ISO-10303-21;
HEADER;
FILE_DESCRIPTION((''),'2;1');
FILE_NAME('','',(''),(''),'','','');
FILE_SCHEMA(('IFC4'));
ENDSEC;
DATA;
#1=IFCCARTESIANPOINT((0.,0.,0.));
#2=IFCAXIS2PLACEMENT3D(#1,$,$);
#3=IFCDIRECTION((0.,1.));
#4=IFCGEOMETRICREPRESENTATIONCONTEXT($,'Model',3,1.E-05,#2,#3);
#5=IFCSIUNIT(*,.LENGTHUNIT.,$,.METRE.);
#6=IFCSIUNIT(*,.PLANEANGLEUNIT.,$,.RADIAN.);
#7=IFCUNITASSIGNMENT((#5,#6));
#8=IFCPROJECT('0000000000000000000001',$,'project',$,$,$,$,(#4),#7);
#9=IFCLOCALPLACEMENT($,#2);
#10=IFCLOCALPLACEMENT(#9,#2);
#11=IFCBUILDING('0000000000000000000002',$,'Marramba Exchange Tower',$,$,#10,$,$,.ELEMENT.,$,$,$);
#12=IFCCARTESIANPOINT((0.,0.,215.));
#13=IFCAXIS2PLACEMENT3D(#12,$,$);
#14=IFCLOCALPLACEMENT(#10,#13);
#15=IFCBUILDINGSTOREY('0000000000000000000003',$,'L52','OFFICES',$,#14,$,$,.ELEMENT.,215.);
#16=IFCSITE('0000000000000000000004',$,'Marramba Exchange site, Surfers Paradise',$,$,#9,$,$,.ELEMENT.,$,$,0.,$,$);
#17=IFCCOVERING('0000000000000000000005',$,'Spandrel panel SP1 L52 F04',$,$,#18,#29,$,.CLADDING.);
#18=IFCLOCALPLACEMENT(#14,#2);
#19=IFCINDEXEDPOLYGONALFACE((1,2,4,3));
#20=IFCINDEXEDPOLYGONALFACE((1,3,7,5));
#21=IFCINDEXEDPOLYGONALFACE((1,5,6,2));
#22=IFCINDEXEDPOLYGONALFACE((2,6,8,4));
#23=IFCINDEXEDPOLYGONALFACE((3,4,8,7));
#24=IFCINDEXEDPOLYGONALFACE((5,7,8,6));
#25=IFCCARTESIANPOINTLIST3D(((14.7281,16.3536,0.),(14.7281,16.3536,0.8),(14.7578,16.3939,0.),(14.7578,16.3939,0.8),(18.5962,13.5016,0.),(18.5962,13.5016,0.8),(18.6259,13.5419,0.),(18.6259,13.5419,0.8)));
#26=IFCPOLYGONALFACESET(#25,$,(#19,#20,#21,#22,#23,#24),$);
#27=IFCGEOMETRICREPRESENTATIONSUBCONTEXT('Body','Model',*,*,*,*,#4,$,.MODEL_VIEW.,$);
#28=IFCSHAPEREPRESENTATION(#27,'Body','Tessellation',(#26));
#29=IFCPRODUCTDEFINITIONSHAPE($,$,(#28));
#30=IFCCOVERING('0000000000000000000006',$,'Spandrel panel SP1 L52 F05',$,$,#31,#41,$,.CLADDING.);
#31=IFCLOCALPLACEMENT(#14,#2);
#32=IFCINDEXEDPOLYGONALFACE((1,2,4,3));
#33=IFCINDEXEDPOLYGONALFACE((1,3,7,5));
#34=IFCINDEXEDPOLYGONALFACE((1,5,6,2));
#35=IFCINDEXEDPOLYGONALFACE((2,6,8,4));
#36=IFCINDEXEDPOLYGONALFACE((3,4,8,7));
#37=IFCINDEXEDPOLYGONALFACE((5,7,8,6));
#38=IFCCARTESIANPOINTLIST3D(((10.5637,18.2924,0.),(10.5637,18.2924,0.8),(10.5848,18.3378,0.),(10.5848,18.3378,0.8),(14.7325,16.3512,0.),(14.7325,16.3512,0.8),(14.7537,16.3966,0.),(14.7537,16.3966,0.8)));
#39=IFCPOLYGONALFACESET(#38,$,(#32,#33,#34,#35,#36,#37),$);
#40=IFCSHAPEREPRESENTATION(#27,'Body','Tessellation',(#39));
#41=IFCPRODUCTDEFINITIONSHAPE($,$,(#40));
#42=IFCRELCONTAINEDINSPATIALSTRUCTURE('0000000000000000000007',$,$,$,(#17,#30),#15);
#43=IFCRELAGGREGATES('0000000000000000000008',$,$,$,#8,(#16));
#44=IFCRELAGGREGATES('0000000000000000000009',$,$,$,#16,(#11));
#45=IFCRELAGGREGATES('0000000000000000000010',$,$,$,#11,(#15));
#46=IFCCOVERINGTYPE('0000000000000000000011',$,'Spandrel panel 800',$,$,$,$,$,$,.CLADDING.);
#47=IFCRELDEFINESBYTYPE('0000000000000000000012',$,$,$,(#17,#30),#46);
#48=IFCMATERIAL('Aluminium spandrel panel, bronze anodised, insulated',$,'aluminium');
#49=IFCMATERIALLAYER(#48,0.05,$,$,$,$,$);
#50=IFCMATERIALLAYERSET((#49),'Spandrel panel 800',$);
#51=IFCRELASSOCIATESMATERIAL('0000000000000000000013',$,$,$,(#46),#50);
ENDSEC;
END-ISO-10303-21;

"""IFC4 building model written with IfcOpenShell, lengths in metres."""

from ifc_helpers import new_model, si_unit, direction, frame, origin, origin_2d, place, context, subcontext, project, spatial, rectangle, extrude, material, layer, layer_set, type_object, element, save


model = new_model("IFC4")

# Units and contexts
model_context = context("Model", 3, precision=1e-05, world=origin(), true_north=direction((0.0, 1.0)))
body_context = subcontext(model_context, "Body", "Model", "MODEL_VIEW")
ifc_project = project(units=[si_unit("LENGTHUNIT", "METRE"), si_unit("PLANEANGLEUNIT", "RADIAN")], contexts=[model_context])

# Site, building, storey
site_placement = place(None, origin())
site = spatial("IfcSite", under=ifc_project, at=site_placement, Name="Marramba Exchange site, Surfers Paradise", CompositionType="ELEMENT", RefElevation=0.0)
building_placement = place(site_placement, origin())
building = spatial("IfcBuilding", under=site, at=building_placement, Name="Marramba Exchange Tower", CompositionType="ELEMENT")
storey_placement = place(building_placement, frame((0.0, 0.0, 215.0)))
storey = spatial("IfcBuildingStorey", under=building, at=storey_placement, Name="L52", Description="OFFICES", CompositionType="ELEMENT", Elevation=215.0)

# Coverings
ifc_material_1 = material(Name="Aluminium spandrel panel, bronze anodised, insulated", Category="aluminium")
ifc_layer_1 = layer(ifc_material_1, 0.05)
ifc_layer_set_1 = layer_set([ifc_layer_1], Name="Spandrel panel 800")
covering_type = type_object("IfcCoveringType", Name="Spandrel panel 800", PredefinedType="CLADDING", material=ifc_layer_set_1)
covering_1_placement = place(storey_placement, frame((16.677, 14.9478, 0.0), z_axis=(0.0, 0.0, 1.0), x_axis=(-0.804877, 0.593441, 0.0)))
element("IfcCovering", 1, at=covering_1_placement, inside=storey, type_object=covering_type, Name="Spandrel panel SP1 L52 F04", PredefinedType="CLADDING", context=body_context, shape_type="SweptSolid", body=[
    extrude(rectangle(XDim=4.8059, YDim=0.05, at=origin_2d()), origin(), (0.0, 0.0, 1.0), 0.8),
])
covering_2_placement = place(storey_placement, frame((12.6587, 17.3445, 0.0), z_axis=(0.0, 0.0, 1.0), x_axis=(-0.906534, 0.422133, 0.0)))
element("IfcCovering", 2, at=covering_2_placement, inside=storey, type_object=covering_type, Name="Spandrel panel SP1 L52 F05", PredefinedType="CLADDING", context=body_context, shape_type="SweptSolid", body=[
    extrude(rectangle(XDim=4.5986, YDim=0.05, at=origin_2d()), origin(), (0.0, 0.0, 1.0), 0.8),
])

save(model, "model.ifc")
